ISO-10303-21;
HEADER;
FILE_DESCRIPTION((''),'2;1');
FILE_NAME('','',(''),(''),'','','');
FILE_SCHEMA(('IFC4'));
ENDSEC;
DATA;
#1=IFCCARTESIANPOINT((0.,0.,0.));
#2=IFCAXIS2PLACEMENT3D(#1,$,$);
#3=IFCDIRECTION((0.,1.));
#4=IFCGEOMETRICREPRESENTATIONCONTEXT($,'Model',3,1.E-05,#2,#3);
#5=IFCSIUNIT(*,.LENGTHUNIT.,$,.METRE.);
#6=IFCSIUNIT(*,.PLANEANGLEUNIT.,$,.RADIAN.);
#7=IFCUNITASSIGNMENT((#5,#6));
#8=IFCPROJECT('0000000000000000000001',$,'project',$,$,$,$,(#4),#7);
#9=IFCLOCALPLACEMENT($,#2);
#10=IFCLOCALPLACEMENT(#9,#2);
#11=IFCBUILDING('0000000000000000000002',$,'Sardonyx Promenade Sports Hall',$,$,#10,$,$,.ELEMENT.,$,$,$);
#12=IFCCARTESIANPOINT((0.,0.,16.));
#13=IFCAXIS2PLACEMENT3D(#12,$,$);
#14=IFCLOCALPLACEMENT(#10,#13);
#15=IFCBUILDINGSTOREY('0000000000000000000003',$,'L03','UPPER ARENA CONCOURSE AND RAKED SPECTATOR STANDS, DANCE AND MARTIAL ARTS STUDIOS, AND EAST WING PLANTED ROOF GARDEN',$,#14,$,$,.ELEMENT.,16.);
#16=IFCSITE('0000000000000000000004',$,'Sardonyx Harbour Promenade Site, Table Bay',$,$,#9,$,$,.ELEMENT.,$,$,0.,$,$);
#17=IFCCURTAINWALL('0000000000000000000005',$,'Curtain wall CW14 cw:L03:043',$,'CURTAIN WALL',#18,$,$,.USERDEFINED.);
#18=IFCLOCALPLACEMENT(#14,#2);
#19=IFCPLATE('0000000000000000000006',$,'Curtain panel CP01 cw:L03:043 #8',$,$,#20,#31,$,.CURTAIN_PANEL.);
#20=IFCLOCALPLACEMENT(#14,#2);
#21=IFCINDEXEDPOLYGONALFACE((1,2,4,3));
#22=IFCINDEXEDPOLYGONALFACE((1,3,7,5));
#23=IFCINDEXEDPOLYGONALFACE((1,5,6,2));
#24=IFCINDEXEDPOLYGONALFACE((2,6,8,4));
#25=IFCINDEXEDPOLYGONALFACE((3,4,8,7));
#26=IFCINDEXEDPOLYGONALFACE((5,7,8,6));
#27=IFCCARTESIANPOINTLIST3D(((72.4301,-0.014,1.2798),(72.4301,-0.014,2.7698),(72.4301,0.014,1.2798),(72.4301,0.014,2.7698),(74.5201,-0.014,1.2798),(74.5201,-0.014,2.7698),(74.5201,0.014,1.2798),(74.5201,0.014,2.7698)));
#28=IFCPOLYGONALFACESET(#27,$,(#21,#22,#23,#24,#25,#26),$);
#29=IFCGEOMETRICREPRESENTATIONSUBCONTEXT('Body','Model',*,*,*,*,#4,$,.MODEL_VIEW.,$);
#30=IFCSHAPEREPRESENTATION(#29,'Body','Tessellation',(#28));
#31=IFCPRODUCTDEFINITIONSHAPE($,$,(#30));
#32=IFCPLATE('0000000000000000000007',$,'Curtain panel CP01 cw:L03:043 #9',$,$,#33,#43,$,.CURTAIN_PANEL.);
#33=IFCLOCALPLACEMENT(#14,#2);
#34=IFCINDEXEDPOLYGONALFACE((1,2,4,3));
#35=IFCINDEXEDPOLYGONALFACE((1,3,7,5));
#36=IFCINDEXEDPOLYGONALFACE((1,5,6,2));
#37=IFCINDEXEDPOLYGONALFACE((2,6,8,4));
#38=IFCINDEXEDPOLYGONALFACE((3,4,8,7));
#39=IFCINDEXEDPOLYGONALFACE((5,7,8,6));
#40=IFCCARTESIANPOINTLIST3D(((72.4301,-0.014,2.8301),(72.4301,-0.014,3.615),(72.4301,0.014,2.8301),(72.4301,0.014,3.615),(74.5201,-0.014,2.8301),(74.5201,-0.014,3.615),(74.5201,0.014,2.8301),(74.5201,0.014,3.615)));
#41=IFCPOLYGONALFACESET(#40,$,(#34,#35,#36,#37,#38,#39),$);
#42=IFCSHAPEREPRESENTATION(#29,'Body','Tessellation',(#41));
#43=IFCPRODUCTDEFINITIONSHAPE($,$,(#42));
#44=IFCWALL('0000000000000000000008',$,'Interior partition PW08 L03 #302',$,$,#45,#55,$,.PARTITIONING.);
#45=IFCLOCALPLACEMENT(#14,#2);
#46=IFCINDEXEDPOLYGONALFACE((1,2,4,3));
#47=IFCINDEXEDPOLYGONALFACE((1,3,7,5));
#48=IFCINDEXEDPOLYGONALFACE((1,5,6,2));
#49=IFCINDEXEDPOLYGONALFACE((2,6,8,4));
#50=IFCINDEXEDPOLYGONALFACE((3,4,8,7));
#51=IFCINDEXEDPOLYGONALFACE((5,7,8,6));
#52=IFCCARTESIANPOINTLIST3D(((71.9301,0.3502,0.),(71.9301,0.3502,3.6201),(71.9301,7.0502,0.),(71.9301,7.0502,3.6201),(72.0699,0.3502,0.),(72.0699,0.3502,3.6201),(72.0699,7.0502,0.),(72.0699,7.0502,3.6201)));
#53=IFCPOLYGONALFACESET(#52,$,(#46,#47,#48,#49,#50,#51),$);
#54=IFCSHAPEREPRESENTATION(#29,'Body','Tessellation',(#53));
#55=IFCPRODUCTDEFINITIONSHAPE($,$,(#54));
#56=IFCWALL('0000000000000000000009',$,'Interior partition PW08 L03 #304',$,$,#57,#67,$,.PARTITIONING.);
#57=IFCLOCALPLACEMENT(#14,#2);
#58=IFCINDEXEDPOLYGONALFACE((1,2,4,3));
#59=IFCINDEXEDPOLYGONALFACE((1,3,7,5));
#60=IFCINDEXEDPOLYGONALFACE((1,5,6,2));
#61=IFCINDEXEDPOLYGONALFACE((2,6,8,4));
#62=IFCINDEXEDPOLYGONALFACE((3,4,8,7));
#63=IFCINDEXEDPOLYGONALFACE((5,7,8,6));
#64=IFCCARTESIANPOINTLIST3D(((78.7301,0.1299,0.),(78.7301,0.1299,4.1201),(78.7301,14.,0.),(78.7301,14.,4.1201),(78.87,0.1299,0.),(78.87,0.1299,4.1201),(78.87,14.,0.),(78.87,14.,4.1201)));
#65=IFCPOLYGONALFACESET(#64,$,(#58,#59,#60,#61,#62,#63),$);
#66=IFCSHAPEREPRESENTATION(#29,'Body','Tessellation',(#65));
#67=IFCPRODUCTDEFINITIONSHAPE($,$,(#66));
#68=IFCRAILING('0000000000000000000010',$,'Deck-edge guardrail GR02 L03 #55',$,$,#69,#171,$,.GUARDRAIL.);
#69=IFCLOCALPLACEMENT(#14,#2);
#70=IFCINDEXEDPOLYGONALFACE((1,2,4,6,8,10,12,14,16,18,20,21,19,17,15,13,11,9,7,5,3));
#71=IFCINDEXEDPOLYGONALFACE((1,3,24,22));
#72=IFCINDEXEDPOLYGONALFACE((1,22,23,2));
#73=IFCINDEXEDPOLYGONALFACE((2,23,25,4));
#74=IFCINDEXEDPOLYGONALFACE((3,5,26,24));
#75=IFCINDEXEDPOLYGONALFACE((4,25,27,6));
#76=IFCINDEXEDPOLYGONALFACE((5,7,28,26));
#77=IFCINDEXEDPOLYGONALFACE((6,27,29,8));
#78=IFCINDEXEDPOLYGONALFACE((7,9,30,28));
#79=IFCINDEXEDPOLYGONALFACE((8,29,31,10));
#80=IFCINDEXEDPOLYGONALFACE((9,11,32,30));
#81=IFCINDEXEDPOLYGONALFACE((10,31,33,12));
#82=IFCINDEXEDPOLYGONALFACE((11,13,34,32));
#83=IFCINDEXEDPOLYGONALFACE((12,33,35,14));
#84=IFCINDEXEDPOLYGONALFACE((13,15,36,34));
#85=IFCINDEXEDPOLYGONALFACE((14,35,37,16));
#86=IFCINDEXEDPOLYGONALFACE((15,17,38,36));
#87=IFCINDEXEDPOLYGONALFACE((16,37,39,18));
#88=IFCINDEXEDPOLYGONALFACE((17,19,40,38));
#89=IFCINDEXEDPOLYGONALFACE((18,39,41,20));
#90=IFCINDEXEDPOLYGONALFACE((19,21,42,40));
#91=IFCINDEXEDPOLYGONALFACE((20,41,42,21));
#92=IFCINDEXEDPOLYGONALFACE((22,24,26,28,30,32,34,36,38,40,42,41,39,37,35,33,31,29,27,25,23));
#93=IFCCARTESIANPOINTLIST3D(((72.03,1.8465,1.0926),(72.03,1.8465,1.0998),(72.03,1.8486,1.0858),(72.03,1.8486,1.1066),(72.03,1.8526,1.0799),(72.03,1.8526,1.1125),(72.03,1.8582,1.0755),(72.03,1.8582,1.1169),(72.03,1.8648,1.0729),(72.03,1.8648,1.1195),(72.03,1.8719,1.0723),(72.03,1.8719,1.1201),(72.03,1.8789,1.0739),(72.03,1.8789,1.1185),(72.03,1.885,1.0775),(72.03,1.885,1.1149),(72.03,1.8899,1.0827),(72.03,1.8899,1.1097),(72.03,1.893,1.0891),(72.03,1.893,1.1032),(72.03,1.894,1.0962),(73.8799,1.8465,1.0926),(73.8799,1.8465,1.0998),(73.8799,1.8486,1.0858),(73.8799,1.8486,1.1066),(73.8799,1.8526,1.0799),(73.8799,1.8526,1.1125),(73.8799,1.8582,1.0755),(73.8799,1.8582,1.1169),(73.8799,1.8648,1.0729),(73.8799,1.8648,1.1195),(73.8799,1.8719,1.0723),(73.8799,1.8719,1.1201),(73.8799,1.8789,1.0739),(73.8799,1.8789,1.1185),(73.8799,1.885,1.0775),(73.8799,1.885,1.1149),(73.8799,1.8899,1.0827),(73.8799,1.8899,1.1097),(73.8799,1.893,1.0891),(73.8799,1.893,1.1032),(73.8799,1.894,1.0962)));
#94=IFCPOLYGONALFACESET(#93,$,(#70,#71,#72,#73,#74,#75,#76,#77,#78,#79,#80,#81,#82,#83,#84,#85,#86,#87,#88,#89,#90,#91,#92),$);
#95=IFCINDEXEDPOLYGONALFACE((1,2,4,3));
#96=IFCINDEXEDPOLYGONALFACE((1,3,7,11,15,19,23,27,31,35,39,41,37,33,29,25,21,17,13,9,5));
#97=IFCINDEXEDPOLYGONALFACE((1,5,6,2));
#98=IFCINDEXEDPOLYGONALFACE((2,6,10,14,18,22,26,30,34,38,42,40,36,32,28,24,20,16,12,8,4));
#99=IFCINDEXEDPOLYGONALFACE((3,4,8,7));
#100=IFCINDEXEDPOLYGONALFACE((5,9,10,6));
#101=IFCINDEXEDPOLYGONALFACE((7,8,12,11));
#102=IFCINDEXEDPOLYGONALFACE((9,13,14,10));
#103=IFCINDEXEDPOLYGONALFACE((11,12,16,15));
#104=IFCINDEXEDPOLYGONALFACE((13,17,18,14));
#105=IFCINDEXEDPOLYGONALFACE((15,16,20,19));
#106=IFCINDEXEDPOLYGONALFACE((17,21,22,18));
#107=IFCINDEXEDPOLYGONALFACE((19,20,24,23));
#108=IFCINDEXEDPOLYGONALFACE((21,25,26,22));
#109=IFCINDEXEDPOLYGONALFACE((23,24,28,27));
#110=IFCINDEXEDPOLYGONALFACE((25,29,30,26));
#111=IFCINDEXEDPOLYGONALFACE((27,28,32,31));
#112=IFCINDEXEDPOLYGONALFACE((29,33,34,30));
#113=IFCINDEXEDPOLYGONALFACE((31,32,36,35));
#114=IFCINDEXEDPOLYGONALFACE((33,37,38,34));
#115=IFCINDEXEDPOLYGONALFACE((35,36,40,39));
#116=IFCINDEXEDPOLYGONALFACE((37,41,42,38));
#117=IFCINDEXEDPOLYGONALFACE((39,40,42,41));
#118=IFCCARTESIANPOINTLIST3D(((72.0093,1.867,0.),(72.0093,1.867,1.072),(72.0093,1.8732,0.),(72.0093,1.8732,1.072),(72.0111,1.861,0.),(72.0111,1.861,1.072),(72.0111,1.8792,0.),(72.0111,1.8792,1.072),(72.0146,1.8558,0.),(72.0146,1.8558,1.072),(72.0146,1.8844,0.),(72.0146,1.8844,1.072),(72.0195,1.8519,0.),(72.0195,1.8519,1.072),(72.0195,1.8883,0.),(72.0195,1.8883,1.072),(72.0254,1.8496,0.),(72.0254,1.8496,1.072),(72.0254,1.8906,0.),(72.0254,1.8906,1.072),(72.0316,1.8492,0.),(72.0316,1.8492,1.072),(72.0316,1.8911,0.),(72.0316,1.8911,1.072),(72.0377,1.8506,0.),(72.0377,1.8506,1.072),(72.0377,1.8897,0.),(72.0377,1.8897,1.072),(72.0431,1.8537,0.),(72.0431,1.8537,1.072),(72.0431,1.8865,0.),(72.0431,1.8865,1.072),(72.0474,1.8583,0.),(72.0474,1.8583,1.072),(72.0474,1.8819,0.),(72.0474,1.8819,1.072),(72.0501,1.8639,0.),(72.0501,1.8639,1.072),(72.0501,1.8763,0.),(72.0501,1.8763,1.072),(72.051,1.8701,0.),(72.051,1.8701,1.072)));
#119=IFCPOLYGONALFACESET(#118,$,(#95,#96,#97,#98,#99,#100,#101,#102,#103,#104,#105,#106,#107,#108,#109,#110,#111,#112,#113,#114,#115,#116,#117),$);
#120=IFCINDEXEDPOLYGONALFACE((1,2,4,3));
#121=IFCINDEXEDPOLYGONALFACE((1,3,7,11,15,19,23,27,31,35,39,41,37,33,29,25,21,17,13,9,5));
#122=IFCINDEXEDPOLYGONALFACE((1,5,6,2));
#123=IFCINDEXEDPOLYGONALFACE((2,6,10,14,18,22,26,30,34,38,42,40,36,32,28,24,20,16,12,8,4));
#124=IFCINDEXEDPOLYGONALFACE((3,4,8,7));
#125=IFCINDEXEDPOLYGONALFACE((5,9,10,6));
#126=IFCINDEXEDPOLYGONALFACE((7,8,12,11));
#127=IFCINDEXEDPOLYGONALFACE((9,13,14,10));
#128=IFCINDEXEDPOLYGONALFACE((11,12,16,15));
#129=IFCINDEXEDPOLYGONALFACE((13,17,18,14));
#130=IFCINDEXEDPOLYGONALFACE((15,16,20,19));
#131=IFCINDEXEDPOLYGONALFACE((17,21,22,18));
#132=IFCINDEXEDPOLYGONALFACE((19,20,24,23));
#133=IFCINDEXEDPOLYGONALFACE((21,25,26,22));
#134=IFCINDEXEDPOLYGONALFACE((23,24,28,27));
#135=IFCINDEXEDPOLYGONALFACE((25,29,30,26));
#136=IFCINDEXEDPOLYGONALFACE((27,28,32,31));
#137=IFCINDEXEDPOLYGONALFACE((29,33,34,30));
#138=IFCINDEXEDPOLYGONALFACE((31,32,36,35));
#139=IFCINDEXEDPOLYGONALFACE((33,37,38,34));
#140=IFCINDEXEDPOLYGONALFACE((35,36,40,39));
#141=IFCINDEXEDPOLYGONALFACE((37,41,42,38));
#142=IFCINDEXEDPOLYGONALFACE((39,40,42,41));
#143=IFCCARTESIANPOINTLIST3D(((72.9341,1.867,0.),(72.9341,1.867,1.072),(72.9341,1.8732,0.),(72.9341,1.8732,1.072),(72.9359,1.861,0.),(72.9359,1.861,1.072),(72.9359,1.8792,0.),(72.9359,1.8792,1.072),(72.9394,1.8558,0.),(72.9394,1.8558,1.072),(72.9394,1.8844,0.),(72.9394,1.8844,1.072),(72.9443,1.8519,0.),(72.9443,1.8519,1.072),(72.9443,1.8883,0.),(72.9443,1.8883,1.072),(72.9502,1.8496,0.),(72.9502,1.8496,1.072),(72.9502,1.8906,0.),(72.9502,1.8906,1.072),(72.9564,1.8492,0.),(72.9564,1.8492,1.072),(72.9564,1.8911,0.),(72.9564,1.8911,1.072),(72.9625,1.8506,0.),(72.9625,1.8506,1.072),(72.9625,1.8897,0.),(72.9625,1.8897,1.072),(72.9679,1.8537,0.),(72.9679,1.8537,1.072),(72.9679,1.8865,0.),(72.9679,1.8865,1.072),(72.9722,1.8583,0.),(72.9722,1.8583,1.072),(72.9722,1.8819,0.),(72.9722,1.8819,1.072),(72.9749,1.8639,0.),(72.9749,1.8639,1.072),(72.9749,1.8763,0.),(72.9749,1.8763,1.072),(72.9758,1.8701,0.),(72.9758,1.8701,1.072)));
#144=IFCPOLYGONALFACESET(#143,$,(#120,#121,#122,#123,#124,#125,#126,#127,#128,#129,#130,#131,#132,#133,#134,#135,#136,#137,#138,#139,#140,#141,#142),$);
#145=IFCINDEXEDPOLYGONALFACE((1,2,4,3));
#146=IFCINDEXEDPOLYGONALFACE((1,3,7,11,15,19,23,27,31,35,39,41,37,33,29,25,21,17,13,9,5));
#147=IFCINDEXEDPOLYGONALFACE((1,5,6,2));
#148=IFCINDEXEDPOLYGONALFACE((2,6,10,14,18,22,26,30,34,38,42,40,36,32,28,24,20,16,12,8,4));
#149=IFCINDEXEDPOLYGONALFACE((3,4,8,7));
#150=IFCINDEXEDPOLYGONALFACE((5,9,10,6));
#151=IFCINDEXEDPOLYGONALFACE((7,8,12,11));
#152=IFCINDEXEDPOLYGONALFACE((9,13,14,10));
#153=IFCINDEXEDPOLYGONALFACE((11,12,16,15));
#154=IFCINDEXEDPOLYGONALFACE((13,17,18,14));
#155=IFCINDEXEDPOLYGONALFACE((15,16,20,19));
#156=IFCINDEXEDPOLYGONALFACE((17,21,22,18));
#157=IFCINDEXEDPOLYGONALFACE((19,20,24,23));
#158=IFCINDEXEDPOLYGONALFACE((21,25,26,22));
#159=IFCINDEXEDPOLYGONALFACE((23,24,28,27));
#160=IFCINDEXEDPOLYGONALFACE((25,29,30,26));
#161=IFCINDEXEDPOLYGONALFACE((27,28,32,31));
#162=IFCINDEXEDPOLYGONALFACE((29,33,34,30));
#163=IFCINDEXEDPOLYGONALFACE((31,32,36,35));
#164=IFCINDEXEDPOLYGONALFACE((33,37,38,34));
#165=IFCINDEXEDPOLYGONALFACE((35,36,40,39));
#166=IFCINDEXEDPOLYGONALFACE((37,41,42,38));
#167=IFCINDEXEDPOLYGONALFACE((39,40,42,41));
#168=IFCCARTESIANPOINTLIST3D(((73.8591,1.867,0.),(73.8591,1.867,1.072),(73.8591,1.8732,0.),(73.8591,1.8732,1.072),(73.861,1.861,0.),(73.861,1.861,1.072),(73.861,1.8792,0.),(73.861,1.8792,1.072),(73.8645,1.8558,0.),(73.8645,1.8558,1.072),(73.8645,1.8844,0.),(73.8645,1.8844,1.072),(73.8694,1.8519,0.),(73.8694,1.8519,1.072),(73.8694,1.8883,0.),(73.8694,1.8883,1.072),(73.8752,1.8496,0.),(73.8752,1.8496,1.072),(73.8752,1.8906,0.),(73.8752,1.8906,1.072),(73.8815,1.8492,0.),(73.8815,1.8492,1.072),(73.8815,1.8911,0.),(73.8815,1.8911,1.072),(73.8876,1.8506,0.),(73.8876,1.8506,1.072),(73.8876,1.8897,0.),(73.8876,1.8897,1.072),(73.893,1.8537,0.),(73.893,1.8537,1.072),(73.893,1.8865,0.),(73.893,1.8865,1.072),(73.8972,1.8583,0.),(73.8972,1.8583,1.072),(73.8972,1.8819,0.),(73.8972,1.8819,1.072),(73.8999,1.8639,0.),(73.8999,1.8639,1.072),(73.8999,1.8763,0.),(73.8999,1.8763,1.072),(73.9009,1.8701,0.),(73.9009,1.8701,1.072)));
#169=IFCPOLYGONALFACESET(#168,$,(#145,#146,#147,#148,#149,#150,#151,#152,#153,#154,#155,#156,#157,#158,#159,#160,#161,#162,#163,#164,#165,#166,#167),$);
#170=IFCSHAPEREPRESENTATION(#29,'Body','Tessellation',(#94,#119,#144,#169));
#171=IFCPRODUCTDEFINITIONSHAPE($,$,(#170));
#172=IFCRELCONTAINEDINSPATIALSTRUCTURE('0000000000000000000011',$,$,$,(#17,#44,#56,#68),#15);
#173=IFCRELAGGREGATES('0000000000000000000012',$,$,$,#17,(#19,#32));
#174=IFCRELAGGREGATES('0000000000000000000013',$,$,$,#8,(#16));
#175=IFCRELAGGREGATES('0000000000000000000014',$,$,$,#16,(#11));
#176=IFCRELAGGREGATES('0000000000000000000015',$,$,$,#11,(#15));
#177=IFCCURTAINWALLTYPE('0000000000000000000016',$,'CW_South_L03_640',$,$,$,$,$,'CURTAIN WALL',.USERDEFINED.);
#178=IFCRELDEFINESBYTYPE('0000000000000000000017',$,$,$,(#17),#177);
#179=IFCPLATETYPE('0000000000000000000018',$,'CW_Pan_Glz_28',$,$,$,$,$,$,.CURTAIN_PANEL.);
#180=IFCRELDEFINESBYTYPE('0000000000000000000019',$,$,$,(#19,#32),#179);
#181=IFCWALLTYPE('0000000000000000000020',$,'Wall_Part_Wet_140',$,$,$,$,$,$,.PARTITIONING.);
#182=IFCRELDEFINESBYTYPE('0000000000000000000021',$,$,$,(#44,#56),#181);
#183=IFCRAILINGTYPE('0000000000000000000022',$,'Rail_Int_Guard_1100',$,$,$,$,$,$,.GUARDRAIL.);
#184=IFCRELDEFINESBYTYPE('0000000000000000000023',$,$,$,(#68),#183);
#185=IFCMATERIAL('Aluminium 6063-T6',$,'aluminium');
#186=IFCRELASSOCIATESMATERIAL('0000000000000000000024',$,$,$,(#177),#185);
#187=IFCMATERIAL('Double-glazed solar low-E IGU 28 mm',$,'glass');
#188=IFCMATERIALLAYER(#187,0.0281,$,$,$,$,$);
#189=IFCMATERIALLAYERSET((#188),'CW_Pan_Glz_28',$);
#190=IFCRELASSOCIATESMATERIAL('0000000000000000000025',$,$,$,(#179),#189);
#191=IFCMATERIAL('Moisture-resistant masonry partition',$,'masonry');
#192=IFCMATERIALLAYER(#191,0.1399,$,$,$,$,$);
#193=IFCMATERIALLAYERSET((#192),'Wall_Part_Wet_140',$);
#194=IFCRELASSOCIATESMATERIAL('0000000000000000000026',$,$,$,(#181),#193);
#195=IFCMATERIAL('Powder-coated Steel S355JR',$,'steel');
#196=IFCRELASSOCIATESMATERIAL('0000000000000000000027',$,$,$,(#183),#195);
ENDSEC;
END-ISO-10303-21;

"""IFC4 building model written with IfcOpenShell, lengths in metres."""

from ifc_helpers import new_model, si_unit, direction, frame, frame_2d, origin, origin_2d, place, context, subcontext, project, spatial, rectangle, circle, extrude, material, layer, layer_set, type_object, element, aggregate, save


model = new_model("IFC4")

# Units and contexts
model_context = context("Model", 3, precision=1e-05, world=origin(), true_north=direction((0.0, 1.0)))
body_context = subcontext(model_context, "Body", "Model", "MODEL_VIEW")
ifc_project = project(units=[si_unit("LENGTHUNIT", "METRE"), si_unit("PLANEANGLEUNIT", "RADIAN")], contexts=[model_context])

# Site, building, storey
site_placement = place(None, origin())
site = spatial("IfcSite", under=ifc_project, at=site_placement, Name="Sardonyx Harbour Promenade Site, Table Bay", CompositionType="ELEMENT", RefElevation=0.0)
building_placement = place(site_placement, origin())
building = spatial("IfcBuilding", under=site, at=building_placement, Name="Sardonyx Promenade Sports Hall", CompositionType="ELEMENT")
storey_placement = place(building_placement, frame((0.0, 0.0, 16.0)))
storey = spatial("IfcBuildingStorey", under=building, at=storey_placement, Name="L03", Description="UPPER ARENA CONCOURSE AND RAKED SPECTATOR STANDS, DANCE AND MARTIAL ARTS STUDIOS, AND EAST WING PLANTED ROOF GARDEN", CompositionType="ELEMENT", Elevation=16.0)

# Curtain wall, plates
ifc_material_1 = material(Name="Aluminium 6063-T6", Category="aluminium")
curtain_wall_type = type_object("IfcCurtainWallType", Name="CW_South_L03_640", ElementType="CURTAIN WALL", PredefinedType="USERDEFINED", material=ifc_material_1)
curtain_wall_placement = place(storey_placement, origin())
curtain_wall = element("IfcCurtainWall", 1, at=curtain_wall_placement, inside=storey, type_object=curtain_wall_type, Name="Curtain wall CW14 cw:L03:043", ObjectType="CURTAIN WALL", PredefinedType="USERDEFINED")
ifc_material_2 = material(Name="Double-glazed solar low-E IGU 28 mm", Category="glass")
ifc_layer_1 = layer(ifc_material_2, 0.0281)
ifc_layer_set_1 = layer_set([ifc_layer_1], Name="CW_Pan_Glz_28")
plate_type = type_object("IfcPlateType", Name="CW_Pan_Glz_28", PredefinedType="CURTAIN_PANEL", material=ifc_layer_set_1)
plate_1_placement = place(storey_placement, frame((73.4751, 0.0, 1.2798), z_axis=(0.0, 0.0, 1.0), x_axis=(-1.0, 0.0, 0.0)))
plate_1 = element("IfcPlate", 2, at=plate_1_placement, type_object=plate_type, Name="Curtain panel CP01 cw:L03:043 #8", PredefinedType="CURTAIN_PANEL", context=body_context, shape_type="SweptSolid", body=[
    extrude(rectangle(XDim=2.0901, YDim=0.0281, at=origin_2d()), origin(), (0.0, 0.0, 1.0), 1.49),
])
plate_2_placement = place(storey_placement, frame((73.4751, 0.0, 2.8301), z_axis=(0.0, 0.0, 1.0), x_axis=(-1.0, 0.0, 0.0)))
plate_2 = element("IfcPlate", 3, at=plate_2_placement, type_object=plate_type, Name="Curtain panel CP01 cw:L03:043 #9", PredefinedType="CURTAIN_PANEL", context=body_context, shape_type="SweptSolid", body=[
    extrude(rectangle(XDim=2.0901, YDim=0.0281, at=origin_2d()), origin(), (0.0, 0.0, 1.0), 0.7849),
])
aggregate(curtain_wall, [plate_1, plate_2])

# Walls
ifc_material_3 = material(Name="Moisture-resistant masonry partition", Category="masonry")
ifc_layer_2 = layer(ifc_material_3, 0.1399)
ifc_layer_set_2 = layer_set([ifc_layer_2], Name="Wall_Part_Wet_140")
wall_type = type_object("IfcWallType", Name="Wall_Part_Wet_140", PredefinedType="PARTITIONING", material=ifc_layer_set_2)
wall_1_placement = place(storey_placement, frame((72.0, 0.3501, 0.0), z_axis=(0.0, 0.0, 1.0), x_axis=(0.0, 1.0, 0.0)))
element("IfcWall", 4, at=wall_1_placement, inside=storey, type_object=wall_type, Name="Interior partition PW08 L03 #302", PredefinedType="PARTITIONING", context=body_context, shape_type="SweptSolid", body=[
    extrude(rectangle(XDim=6.7, YDim=0.1399, at=frame_2d((3.3501, 0.0))), origin(), (0.0, 0.0, 1.0), 3.6201),
])
wall_2_placement = place(storey_placement, frame((78.8, 0.1299, 0.0), z_axis=(0.0, 0.0, 1.0), x_axis=(0.0, 1.0, 0.0)))
element("IfcWall", 5, at=wall_2_placement, inside=storey, type_object=wall_type, Name="Interior partition PW08 L03 #304", PredefinedType="PARTITIONING", context=body_context, shape_type="SweptSolid", body=[
    extrude(rectangle(XDim=13.8701, YDim=0.1399, at=frame_2d((6.9351, 0.0))), origin(), (0.0, 0.0, 1.0), 4.1201),
])

# Railing
ifc_material_4 = material(Name="Powder-coated Steel S355JR", Category="steel")
railing_type = type_object("IfcRailingType", Name="Rail_Int_Guard_1100", PredefinedType="GUARDRAIL", material=ifc_material_4)
railing_1_placement = place(storey_placement, frame((72.03, 1.8701, 0.0)))
element("IfcRailing", 6, at=railing_1_placement, inside=storey, type_object=railing_type, Name="Deck-edge guardrail GR02 L03 #55", PredefinedType="GUARDRAIL", context=body_context, shape_type="SweptSolid", body=[
    extrude(circle(Radius=0.0239, at=origin_2d()), frame((0.0, 0.0, 1.0962), z_axis=(1.0, 0.0, 0.0), x_axis=(0.0, 1.0, 0.0)), (0.0, 0.0, 1.0), 1.8499),
    extrude(circle(Radius=0.021, at=origin_2d()), origin(), (0.0, 0.0, 1.0), 1.072),
    extrude(circle(Radius=0.021, at=origin_2d()), frame((0.9248, 0.0, 0.0)), (0.0, 0.0, 1.0), 1.072),
    extrude(circle(Radius=0.021, at=origin_2d()), frame((1.8499, 0.0, 0.0)), (0.0, 0.0, 1.0), 1.072),
])

save(model, "model.ifc")
